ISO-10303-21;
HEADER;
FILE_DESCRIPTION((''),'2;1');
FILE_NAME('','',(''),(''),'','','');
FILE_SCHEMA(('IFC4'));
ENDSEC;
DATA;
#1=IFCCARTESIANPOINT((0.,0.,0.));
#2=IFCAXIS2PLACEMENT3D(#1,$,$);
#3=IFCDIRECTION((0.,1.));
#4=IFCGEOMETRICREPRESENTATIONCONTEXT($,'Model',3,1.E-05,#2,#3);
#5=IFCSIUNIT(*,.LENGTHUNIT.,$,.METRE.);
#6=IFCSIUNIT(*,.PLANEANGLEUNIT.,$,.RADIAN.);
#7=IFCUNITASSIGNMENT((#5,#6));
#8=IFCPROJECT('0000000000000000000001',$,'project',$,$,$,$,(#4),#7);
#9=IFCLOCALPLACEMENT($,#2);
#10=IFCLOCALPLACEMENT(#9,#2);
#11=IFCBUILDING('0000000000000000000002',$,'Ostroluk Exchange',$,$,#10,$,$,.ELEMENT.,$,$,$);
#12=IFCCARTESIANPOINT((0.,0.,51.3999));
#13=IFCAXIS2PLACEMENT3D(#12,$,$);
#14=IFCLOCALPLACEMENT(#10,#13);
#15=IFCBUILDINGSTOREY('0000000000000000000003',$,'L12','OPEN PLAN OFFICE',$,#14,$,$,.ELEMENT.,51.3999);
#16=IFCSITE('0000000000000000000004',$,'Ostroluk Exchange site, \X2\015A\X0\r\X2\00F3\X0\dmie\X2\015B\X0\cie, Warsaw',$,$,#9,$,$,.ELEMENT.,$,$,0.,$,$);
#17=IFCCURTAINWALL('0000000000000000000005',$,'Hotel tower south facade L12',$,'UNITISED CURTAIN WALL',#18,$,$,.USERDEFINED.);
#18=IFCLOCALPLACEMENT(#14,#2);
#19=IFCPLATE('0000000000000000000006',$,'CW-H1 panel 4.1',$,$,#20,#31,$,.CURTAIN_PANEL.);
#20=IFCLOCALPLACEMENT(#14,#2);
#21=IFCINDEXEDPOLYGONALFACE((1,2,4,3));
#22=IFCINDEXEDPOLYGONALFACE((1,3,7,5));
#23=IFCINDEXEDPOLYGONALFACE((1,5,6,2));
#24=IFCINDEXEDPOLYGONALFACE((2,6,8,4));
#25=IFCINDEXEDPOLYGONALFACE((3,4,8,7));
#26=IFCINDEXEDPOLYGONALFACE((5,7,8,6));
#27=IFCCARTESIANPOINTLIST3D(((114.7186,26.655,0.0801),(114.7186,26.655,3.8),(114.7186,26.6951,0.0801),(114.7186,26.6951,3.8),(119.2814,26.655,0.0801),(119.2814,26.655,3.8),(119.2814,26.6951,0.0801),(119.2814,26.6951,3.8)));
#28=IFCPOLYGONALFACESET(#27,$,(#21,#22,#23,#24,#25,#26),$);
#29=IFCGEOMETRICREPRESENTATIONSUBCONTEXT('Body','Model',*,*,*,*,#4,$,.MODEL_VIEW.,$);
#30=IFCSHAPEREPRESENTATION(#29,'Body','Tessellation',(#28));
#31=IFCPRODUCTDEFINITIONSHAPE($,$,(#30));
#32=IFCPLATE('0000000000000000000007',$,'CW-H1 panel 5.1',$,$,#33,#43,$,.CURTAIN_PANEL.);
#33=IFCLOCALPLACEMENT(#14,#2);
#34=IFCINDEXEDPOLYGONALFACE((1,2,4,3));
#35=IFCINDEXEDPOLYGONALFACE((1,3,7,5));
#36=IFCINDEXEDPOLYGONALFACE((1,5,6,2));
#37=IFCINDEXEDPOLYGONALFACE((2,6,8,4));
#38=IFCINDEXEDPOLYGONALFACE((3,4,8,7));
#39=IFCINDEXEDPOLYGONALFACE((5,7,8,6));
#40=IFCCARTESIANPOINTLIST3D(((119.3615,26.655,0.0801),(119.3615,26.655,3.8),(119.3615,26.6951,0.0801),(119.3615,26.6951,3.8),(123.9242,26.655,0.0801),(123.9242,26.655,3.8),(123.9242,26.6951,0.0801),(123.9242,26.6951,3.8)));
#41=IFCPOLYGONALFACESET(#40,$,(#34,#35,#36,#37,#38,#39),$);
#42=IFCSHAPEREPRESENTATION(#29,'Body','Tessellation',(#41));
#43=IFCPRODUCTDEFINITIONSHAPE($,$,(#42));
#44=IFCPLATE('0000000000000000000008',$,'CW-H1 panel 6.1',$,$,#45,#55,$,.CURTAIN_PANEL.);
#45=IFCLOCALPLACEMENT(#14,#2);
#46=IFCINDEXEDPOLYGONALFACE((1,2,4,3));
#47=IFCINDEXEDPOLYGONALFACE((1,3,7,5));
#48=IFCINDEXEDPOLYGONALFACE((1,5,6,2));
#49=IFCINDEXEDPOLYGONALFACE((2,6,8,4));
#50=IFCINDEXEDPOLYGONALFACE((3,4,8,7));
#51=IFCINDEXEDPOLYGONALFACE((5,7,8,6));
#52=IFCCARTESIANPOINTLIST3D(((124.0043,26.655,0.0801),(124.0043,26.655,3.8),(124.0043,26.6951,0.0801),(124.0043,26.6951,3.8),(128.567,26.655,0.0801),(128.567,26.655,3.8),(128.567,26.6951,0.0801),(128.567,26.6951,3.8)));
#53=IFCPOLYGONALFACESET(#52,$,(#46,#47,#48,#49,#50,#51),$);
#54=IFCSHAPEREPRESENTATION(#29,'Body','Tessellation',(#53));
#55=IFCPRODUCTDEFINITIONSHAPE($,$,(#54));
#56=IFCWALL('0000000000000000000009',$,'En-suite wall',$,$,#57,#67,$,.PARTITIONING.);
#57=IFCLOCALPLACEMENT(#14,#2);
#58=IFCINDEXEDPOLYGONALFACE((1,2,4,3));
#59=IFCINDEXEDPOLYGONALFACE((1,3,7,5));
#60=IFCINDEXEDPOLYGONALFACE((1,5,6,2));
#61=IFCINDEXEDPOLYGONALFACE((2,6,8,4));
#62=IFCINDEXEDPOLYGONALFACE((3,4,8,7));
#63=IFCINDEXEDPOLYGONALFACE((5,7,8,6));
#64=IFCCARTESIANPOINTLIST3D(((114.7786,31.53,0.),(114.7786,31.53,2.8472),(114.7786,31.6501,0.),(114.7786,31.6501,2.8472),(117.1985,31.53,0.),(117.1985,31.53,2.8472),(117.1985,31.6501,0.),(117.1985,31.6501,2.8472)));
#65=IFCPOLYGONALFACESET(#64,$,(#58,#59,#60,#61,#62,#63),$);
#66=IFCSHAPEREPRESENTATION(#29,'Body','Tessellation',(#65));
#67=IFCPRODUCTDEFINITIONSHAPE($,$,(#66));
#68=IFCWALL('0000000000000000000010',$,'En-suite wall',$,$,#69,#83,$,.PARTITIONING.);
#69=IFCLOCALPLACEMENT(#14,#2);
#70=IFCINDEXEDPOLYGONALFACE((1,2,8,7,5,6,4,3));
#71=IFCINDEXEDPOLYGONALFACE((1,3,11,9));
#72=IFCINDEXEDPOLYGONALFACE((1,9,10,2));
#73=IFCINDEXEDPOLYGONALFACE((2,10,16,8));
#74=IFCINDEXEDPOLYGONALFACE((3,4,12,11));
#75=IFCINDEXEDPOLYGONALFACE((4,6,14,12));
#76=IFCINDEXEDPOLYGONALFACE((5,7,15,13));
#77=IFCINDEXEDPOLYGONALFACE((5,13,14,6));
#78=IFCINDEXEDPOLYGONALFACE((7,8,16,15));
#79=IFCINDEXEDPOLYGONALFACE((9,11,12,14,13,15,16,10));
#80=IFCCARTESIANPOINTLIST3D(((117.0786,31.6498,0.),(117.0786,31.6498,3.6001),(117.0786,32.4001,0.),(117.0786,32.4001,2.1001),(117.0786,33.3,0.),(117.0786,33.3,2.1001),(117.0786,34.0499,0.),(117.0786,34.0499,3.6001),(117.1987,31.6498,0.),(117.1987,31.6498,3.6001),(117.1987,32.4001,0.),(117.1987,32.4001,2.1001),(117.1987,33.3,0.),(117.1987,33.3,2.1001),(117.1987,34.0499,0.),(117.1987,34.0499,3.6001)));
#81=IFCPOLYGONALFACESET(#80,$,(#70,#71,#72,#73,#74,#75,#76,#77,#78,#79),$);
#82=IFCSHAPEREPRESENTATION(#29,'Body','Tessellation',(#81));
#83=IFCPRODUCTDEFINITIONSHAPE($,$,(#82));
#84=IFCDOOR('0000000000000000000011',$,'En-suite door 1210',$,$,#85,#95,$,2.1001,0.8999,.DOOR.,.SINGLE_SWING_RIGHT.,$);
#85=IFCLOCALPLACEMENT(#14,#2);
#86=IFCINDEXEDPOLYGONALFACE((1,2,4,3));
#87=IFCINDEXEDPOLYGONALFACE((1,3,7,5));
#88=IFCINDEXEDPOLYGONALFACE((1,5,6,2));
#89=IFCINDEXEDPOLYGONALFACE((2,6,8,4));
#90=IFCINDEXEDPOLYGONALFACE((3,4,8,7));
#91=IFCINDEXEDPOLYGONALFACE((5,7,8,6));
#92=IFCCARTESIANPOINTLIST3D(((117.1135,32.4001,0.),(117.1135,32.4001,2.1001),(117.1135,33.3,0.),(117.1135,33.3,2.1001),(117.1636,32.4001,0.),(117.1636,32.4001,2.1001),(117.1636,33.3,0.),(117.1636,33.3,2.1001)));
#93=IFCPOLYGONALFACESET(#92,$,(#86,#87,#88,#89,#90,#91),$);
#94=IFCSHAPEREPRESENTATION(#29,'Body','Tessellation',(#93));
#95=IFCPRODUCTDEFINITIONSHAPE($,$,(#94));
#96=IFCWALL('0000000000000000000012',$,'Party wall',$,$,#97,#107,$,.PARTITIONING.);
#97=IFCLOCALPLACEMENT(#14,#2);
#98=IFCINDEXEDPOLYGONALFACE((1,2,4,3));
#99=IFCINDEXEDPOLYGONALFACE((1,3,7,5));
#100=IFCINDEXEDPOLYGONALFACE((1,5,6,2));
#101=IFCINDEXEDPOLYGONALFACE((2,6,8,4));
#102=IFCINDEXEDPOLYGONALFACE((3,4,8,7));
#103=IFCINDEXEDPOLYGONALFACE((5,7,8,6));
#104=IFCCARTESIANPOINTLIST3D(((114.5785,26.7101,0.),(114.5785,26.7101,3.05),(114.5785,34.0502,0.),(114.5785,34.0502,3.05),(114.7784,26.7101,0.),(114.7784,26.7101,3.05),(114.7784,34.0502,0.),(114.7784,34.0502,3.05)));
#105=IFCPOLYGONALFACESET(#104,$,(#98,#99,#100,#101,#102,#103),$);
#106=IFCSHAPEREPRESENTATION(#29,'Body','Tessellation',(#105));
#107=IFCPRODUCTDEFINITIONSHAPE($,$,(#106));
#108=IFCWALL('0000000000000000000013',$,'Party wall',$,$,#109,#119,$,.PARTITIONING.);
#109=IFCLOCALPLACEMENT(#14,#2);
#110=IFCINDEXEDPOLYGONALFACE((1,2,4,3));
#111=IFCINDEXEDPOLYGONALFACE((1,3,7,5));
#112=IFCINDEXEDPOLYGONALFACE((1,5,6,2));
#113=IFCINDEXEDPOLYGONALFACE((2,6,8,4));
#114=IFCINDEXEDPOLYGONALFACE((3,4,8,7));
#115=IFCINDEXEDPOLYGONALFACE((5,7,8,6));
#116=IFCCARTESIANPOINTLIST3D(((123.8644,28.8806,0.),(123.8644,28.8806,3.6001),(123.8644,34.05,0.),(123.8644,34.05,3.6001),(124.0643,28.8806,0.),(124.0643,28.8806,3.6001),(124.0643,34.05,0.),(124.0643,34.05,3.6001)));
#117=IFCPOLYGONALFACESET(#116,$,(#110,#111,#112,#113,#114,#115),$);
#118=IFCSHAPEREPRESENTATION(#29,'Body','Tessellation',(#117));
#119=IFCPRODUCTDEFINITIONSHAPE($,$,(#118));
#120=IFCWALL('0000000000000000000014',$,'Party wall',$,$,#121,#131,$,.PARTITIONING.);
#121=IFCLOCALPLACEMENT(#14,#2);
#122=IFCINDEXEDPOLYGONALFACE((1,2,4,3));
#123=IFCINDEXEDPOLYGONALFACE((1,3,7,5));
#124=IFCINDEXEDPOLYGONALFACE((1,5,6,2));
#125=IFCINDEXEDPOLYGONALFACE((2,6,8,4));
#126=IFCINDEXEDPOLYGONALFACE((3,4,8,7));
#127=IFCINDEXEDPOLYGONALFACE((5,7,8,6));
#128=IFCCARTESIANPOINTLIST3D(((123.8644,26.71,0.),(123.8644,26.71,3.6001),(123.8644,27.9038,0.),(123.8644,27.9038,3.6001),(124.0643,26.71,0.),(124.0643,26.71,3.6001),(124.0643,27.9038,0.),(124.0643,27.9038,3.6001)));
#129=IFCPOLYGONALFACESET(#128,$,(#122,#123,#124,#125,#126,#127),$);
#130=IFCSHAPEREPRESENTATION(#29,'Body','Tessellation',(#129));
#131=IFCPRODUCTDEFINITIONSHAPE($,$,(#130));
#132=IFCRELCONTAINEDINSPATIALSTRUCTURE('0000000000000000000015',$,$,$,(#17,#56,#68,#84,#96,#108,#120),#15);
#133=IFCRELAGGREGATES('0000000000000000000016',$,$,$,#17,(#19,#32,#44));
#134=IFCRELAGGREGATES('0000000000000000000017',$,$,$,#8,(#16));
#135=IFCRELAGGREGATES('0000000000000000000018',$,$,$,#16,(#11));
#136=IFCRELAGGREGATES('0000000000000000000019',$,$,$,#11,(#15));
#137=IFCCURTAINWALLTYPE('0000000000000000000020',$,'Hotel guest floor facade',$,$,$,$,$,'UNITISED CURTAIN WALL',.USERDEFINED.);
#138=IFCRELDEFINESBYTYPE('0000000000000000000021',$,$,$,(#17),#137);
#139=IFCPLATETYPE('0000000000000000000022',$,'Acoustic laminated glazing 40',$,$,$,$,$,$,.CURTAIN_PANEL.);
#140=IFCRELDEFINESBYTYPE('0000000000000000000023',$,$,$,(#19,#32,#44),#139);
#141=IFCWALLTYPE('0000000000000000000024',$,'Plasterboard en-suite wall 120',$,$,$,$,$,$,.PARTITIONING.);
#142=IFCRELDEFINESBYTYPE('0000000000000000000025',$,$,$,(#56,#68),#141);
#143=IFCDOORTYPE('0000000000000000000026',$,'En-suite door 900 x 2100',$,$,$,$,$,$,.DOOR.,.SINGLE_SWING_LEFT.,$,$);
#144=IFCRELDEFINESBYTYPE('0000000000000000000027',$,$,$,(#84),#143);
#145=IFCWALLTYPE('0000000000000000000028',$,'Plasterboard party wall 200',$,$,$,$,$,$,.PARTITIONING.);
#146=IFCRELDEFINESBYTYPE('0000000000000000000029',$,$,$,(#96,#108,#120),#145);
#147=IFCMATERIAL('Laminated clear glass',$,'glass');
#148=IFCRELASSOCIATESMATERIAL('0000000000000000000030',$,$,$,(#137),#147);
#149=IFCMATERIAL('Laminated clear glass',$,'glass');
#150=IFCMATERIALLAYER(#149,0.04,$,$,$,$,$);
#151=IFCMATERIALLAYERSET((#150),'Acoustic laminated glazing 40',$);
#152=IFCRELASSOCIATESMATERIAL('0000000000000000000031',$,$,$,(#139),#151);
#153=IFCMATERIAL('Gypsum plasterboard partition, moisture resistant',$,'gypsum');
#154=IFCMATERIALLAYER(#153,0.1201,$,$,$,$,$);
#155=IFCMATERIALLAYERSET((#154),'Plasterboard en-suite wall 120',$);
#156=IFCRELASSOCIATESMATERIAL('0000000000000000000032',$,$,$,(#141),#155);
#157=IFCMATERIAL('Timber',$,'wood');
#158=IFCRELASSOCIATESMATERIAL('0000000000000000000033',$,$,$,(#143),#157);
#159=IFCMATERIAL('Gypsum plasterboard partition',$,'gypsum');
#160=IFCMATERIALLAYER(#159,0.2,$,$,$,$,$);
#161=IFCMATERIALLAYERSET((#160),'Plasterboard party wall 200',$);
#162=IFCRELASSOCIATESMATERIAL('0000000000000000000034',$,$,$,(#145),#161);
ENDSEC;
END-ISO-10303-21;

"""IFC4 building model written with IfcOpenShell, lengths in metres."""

from ifc_helpers import new_model, si_unit, direction, frame, frame_2d, origin, origin_2d, place, context, subcontext, project, spatial, rectangle, extrude, material, layer, layer_set, type_object, element, fill, aggregate, save


model = new_model("IFC4")

# Units and contexts
model_context = context("Model", 3, precision=1e-05, world=origin(), true_north=direction((0.0, 1.0)))
body_context = subcontext(model_context, "Body", "Model", "MODEL_VIEW")
ifc_project = project(units=[si_unit("LENGTHUNIT", "METRE"), si_unit("PLANEANGLEUNIT", "RADIAN")], contexts=[model_context])

# Site, building, storey
site_placement = place(None, origin())
site = spatial("IfcSite", under=ifc_project, at=site_placement, Name="Ostroluk Exchange site, Śródmieście, Warsaw", CompositionType="ELEMENT", RefElevation=0.0)
building_placement = place(site_placement, origin())
building = spatial("IfcBuilding", under=site, at=building_placement, Name="Ostroluk Exchange", CompositionType="ELEMENT")
storey_placement = place(building_placement, frame((0.0, 0.0, 51.3999)))
storey = spatial("IfcBuildingStorey", under=building, at=storey_placement, Name="L12", Description="OPEN PLAN OFFICE", CompositionType="ELEMENT", Elevation=51.3999)

# Curtain wall, plates
ifc_material_1 = material(Name="Laminated clear glass", Category="glass")
curtain_wall_type = type_object("IfcCurtainWallType", Name="Hotel guest floor facade", ElementType="UNITISED CURTAIN WALL", PredefinedType="USERDEFINED", material=ifc_material_1)
curtain_wall_placement = place(storey_placement, origin())
curtain_wall = element("IfcCurtainWall", 1, at=curtain_wall_placement, inside=storey, type_object=curtain_wall_type, Name="Hotel tower south facade L12", ObjectType="UNITISED CURTAIN WALL", PredefinedType="USERDEFINED")
ifc_material_2 = material(Name="Laminated clear glass", Category="glass")
ifc_layer_1 = layer(ifc_material_2, 0.04)
ifc_layer_set_1 = layer_set([ifc_layer_1], Name="Acoustic laminated glazing 40")
plate_type = type_object("IfcPlateType", Name="Acoustic laminated glazing 40", PredefinedType="CURTAIN_PANEL", material=ifc_layer_set_1)
plate_1_placement = place(storey_placement, frame((117.0, 26.675, 0.0801), z_axis=(0.0, 0.0, 1.0), x_axis=(1.0, 0.0, 0.0)))
plate_1 = element("IfcPlate", 2, at=plate_1_placement, type_object=plate_type, Name="CW-H1 panel 4.1", PredefinedType="CURTAIN_PANEL", context=body_context, shape_type="SweptSolid", body=[
    extrude(rectangle(XDim=4.5627, YDim=0.04, at=origin_2d()), origin(), (0.0, 0.0, 1.0), 3.72),
])
plate_2_placement = place(storey_placement, frame((121.6428, 26.675, 0.0801), z_axis=(0.0, 0.0, 1.0), x_axis=(1.0, 0.0, 0.0)))
plate_2 = element("IfcPlate", 3, at=plate_2_placement, type_object=plate_type, Name="CW-H1 panel 5.1", PredefinedType="CURTAIN_PANEL", context=body_context, shape_type="SweptSolid", body=[
    extrude(rectangle(XDim=4.5627, YDim=0.04, at=origin_2d()), origin(), (0.0, 0.0, 1.0), 3.72),
])
plate_3_placement = place(storey_placement, frame((126.2856, 26.675, 0.0801), z_axis=(0.0, 0.0, 1.0), x_axis=(1.0, 0.0, 0.0)))
plate_3 = element("IfcPlate", 4, at=plate_3_placement, type_object=plate_type, Name="CW-H1 panel 6.1", PredefinedType="CURTAIN_PANEL", context=body_context, shape_type="SweptSolid", body=[
    extrude(rectangle(XDim=4.5627, YDim=0.04, at=origin_2d()), origin(), (0.0, 0.0, 1.0), 3.72),
])
aggregate(curtain_wall, [plate_1, plate_2, plate_3])

# Wall
ifc_material_3 = material(Name="Gypsum plasterboard partition, moisture resistant", Category="gypsum")
ifc_layer_2 = layer(ifc_material_3, 0.1201)
ifc_layer_set_2 = layer_set([ifc_layer_2], Name="Plasterboard en-suite wall 120")
wall_type_1 = type_object("IfcWallType", Name="Plasterboard en-suite wall 120", PredefinedType="PARTITIONING", material=ifc_layer_set_2)
wall_1_placement = place(storey_placement, frame((114.7786, 31.5901, 0.0), z_axis=(0.0, 0.0, 1.0), x_axis=(1.0, 0.0, 0.0)))
element("IfcWall", 5, at=wall_1_placement, inside=storey, type_object=wall_type_1, Name="En-suite wall", PredefinedType="PARTITIONING", context=body_context, shape_type="SweptSolid", body=[
    extrude(rectangle(XDim=2.4199, YDim=0.1201, at=frame_2d((1.21, 0.0))), origin(), (0.0, 0.0, 1.0), 2.8472),
])

# Wall, opening, door
wall_2_placement = place(storey_placement, frame((117.1387, 34.05, 0.0), z_axis=(0.0, 0.0, 1.0), x_axis=(0.0, -1.0, 0.0)))
wall_2 = element("IfcWall", 6, at=wall_2_placement, inside=storey, type_object=wall_type_1, Name="En-suite wall", PredefinedType="PARTITIONING", context=body_context, shape_type="SweptSolid", body=[
    extrude(rectangle(XDim=2.4001, YDim=0.1201, at=frame_2d((1.2002, 0.0))), origin(), (0.0, 0.0, 1.0), 3.6001),
])
opening_placement = place(wall_2_placement, frame((0.75, 0.0, 0.0)))
opening = element("IfcOpeningElement", 7, at=opening_placement, cuts=wall_2, PredefinedType="OPENING", context=body_context, shape_type="SweptSolid", body=[
    extrude(rectangle(XDim=0.8999, YDim=2.1001, at=frame_2d((0.45, 1.05))), frame((0.0, 0.0701, 0.0), z_axis=(0.0, -1.0, 0.0), x_axis=(1.0, 0.0, 0.0)), (0.0, 0.0, 1.0), 0.1401),
])
ifc_material_4 = material(Name="Timber", Category="wood")
door_type = type_object("IfcDoorType", Name="En-suite door 900 x 2100", OperationType="SINGLE_SWING_LEFT", PredefinedType="DOOR", material=ifc_material_4)
door_placement = place(opening_placement, origin())
door = element("IfcDoor", 8, at=door_placement, inside=storey, type_object=door_type, Name="En-suite door 1210", OperationType="SINGLE_SWING_RIGHT", OverallHeight=2.1001, OverallWidth=0.8999, PredefinedType="DOOR", context=body_context, shape_type="SweptSolid", body=[
    extrude(rectangle(XDim=0.8999, YDim=2.1001, at=frame_2d((0.45, 1.05))), frame((0.0, 0.0249, 0.0), z_axis=(0.0, -1.0, 0.0), x_axis=(1.0, 0.0, 0.0)), (0.0, 0.0, 1.0), 0.05),
])
fill(opening, door)

# Walls
ifc_material_5 = material(Name="Gypsum plasterboard partition", Category="gypsum")
ifc_layer_3 = layer(ifc_material_5, 0.2)
ifc_layer_set_3 = layer_set([ifc_layer_3], Name="Plasterboard party wall 200")
wall_type_2 = type_object("IfcWallType", Name="Plasterboard party wall 200", PredefinedType="PARTITIONING", material=ifc_layer_set_3)
wall_3_placement = place(storey_placement, frame((114.6785, 34.05, 0.0), z_axis=(0.0, 0.0, 1.0), x_axis=(0.0, -1.0, 0.0)))
element("IfcWall", 9, at=wall_3_placement, inside=storey, type_object=wall_type_2, Name="Party wall", PredefinedType="PARTITIONING", context=body_context, shape_type="SweptSolid", body=[
    extrude(rectangle(XDim=7.3401, YDim=0.2, at=frame_2d((3.6699, 0.0))), origin(), (0.0, 0.0, 1.0), 3.05),
])
wall_4_placement = place(storey_placement, frame((123.9644, 34.05, 0.0), z_axis=(0.0, 0.0, 1.0), x_axis=(0.0, -1.0, 0.0)))
element("IfcWall", 10, at=wall_4_placement, inside=storey, type_object=wall_type_2, Name="Party wall", PredefinedType="PARTITIONING", context=body_context, shape_type="SweptSolid", body=[
    extrude(rectangle(XDim=5.1694, YDim=0.2, at=frame_2d((2.5847, 0.0))), origin(), (0.0, 0.0, 1.0), 3.6001),
])
wall_5_placement = place(storey_placement, frame((123.9644, 27.9038, 0.0), z_axis=(0.0, 0.0, 1.0), x_axis=(0.0, -1.0, 0.0)))
element("IfcWall", 11, at=wall_5_placement, inside=storey, type_object=wall_type_2, Name="Party wall", PredefinedType="PARTITIONING", context=body_context, shape_type="SweptSolid", body=[
    extrude(rectangle(XDim=1.1938, YDim=0.2, at=frame_2d((0.5969, 0.0))), origin(), (0.0, 0.0, 1.0), 3.6001),
])

save(model, "model.ifc")
